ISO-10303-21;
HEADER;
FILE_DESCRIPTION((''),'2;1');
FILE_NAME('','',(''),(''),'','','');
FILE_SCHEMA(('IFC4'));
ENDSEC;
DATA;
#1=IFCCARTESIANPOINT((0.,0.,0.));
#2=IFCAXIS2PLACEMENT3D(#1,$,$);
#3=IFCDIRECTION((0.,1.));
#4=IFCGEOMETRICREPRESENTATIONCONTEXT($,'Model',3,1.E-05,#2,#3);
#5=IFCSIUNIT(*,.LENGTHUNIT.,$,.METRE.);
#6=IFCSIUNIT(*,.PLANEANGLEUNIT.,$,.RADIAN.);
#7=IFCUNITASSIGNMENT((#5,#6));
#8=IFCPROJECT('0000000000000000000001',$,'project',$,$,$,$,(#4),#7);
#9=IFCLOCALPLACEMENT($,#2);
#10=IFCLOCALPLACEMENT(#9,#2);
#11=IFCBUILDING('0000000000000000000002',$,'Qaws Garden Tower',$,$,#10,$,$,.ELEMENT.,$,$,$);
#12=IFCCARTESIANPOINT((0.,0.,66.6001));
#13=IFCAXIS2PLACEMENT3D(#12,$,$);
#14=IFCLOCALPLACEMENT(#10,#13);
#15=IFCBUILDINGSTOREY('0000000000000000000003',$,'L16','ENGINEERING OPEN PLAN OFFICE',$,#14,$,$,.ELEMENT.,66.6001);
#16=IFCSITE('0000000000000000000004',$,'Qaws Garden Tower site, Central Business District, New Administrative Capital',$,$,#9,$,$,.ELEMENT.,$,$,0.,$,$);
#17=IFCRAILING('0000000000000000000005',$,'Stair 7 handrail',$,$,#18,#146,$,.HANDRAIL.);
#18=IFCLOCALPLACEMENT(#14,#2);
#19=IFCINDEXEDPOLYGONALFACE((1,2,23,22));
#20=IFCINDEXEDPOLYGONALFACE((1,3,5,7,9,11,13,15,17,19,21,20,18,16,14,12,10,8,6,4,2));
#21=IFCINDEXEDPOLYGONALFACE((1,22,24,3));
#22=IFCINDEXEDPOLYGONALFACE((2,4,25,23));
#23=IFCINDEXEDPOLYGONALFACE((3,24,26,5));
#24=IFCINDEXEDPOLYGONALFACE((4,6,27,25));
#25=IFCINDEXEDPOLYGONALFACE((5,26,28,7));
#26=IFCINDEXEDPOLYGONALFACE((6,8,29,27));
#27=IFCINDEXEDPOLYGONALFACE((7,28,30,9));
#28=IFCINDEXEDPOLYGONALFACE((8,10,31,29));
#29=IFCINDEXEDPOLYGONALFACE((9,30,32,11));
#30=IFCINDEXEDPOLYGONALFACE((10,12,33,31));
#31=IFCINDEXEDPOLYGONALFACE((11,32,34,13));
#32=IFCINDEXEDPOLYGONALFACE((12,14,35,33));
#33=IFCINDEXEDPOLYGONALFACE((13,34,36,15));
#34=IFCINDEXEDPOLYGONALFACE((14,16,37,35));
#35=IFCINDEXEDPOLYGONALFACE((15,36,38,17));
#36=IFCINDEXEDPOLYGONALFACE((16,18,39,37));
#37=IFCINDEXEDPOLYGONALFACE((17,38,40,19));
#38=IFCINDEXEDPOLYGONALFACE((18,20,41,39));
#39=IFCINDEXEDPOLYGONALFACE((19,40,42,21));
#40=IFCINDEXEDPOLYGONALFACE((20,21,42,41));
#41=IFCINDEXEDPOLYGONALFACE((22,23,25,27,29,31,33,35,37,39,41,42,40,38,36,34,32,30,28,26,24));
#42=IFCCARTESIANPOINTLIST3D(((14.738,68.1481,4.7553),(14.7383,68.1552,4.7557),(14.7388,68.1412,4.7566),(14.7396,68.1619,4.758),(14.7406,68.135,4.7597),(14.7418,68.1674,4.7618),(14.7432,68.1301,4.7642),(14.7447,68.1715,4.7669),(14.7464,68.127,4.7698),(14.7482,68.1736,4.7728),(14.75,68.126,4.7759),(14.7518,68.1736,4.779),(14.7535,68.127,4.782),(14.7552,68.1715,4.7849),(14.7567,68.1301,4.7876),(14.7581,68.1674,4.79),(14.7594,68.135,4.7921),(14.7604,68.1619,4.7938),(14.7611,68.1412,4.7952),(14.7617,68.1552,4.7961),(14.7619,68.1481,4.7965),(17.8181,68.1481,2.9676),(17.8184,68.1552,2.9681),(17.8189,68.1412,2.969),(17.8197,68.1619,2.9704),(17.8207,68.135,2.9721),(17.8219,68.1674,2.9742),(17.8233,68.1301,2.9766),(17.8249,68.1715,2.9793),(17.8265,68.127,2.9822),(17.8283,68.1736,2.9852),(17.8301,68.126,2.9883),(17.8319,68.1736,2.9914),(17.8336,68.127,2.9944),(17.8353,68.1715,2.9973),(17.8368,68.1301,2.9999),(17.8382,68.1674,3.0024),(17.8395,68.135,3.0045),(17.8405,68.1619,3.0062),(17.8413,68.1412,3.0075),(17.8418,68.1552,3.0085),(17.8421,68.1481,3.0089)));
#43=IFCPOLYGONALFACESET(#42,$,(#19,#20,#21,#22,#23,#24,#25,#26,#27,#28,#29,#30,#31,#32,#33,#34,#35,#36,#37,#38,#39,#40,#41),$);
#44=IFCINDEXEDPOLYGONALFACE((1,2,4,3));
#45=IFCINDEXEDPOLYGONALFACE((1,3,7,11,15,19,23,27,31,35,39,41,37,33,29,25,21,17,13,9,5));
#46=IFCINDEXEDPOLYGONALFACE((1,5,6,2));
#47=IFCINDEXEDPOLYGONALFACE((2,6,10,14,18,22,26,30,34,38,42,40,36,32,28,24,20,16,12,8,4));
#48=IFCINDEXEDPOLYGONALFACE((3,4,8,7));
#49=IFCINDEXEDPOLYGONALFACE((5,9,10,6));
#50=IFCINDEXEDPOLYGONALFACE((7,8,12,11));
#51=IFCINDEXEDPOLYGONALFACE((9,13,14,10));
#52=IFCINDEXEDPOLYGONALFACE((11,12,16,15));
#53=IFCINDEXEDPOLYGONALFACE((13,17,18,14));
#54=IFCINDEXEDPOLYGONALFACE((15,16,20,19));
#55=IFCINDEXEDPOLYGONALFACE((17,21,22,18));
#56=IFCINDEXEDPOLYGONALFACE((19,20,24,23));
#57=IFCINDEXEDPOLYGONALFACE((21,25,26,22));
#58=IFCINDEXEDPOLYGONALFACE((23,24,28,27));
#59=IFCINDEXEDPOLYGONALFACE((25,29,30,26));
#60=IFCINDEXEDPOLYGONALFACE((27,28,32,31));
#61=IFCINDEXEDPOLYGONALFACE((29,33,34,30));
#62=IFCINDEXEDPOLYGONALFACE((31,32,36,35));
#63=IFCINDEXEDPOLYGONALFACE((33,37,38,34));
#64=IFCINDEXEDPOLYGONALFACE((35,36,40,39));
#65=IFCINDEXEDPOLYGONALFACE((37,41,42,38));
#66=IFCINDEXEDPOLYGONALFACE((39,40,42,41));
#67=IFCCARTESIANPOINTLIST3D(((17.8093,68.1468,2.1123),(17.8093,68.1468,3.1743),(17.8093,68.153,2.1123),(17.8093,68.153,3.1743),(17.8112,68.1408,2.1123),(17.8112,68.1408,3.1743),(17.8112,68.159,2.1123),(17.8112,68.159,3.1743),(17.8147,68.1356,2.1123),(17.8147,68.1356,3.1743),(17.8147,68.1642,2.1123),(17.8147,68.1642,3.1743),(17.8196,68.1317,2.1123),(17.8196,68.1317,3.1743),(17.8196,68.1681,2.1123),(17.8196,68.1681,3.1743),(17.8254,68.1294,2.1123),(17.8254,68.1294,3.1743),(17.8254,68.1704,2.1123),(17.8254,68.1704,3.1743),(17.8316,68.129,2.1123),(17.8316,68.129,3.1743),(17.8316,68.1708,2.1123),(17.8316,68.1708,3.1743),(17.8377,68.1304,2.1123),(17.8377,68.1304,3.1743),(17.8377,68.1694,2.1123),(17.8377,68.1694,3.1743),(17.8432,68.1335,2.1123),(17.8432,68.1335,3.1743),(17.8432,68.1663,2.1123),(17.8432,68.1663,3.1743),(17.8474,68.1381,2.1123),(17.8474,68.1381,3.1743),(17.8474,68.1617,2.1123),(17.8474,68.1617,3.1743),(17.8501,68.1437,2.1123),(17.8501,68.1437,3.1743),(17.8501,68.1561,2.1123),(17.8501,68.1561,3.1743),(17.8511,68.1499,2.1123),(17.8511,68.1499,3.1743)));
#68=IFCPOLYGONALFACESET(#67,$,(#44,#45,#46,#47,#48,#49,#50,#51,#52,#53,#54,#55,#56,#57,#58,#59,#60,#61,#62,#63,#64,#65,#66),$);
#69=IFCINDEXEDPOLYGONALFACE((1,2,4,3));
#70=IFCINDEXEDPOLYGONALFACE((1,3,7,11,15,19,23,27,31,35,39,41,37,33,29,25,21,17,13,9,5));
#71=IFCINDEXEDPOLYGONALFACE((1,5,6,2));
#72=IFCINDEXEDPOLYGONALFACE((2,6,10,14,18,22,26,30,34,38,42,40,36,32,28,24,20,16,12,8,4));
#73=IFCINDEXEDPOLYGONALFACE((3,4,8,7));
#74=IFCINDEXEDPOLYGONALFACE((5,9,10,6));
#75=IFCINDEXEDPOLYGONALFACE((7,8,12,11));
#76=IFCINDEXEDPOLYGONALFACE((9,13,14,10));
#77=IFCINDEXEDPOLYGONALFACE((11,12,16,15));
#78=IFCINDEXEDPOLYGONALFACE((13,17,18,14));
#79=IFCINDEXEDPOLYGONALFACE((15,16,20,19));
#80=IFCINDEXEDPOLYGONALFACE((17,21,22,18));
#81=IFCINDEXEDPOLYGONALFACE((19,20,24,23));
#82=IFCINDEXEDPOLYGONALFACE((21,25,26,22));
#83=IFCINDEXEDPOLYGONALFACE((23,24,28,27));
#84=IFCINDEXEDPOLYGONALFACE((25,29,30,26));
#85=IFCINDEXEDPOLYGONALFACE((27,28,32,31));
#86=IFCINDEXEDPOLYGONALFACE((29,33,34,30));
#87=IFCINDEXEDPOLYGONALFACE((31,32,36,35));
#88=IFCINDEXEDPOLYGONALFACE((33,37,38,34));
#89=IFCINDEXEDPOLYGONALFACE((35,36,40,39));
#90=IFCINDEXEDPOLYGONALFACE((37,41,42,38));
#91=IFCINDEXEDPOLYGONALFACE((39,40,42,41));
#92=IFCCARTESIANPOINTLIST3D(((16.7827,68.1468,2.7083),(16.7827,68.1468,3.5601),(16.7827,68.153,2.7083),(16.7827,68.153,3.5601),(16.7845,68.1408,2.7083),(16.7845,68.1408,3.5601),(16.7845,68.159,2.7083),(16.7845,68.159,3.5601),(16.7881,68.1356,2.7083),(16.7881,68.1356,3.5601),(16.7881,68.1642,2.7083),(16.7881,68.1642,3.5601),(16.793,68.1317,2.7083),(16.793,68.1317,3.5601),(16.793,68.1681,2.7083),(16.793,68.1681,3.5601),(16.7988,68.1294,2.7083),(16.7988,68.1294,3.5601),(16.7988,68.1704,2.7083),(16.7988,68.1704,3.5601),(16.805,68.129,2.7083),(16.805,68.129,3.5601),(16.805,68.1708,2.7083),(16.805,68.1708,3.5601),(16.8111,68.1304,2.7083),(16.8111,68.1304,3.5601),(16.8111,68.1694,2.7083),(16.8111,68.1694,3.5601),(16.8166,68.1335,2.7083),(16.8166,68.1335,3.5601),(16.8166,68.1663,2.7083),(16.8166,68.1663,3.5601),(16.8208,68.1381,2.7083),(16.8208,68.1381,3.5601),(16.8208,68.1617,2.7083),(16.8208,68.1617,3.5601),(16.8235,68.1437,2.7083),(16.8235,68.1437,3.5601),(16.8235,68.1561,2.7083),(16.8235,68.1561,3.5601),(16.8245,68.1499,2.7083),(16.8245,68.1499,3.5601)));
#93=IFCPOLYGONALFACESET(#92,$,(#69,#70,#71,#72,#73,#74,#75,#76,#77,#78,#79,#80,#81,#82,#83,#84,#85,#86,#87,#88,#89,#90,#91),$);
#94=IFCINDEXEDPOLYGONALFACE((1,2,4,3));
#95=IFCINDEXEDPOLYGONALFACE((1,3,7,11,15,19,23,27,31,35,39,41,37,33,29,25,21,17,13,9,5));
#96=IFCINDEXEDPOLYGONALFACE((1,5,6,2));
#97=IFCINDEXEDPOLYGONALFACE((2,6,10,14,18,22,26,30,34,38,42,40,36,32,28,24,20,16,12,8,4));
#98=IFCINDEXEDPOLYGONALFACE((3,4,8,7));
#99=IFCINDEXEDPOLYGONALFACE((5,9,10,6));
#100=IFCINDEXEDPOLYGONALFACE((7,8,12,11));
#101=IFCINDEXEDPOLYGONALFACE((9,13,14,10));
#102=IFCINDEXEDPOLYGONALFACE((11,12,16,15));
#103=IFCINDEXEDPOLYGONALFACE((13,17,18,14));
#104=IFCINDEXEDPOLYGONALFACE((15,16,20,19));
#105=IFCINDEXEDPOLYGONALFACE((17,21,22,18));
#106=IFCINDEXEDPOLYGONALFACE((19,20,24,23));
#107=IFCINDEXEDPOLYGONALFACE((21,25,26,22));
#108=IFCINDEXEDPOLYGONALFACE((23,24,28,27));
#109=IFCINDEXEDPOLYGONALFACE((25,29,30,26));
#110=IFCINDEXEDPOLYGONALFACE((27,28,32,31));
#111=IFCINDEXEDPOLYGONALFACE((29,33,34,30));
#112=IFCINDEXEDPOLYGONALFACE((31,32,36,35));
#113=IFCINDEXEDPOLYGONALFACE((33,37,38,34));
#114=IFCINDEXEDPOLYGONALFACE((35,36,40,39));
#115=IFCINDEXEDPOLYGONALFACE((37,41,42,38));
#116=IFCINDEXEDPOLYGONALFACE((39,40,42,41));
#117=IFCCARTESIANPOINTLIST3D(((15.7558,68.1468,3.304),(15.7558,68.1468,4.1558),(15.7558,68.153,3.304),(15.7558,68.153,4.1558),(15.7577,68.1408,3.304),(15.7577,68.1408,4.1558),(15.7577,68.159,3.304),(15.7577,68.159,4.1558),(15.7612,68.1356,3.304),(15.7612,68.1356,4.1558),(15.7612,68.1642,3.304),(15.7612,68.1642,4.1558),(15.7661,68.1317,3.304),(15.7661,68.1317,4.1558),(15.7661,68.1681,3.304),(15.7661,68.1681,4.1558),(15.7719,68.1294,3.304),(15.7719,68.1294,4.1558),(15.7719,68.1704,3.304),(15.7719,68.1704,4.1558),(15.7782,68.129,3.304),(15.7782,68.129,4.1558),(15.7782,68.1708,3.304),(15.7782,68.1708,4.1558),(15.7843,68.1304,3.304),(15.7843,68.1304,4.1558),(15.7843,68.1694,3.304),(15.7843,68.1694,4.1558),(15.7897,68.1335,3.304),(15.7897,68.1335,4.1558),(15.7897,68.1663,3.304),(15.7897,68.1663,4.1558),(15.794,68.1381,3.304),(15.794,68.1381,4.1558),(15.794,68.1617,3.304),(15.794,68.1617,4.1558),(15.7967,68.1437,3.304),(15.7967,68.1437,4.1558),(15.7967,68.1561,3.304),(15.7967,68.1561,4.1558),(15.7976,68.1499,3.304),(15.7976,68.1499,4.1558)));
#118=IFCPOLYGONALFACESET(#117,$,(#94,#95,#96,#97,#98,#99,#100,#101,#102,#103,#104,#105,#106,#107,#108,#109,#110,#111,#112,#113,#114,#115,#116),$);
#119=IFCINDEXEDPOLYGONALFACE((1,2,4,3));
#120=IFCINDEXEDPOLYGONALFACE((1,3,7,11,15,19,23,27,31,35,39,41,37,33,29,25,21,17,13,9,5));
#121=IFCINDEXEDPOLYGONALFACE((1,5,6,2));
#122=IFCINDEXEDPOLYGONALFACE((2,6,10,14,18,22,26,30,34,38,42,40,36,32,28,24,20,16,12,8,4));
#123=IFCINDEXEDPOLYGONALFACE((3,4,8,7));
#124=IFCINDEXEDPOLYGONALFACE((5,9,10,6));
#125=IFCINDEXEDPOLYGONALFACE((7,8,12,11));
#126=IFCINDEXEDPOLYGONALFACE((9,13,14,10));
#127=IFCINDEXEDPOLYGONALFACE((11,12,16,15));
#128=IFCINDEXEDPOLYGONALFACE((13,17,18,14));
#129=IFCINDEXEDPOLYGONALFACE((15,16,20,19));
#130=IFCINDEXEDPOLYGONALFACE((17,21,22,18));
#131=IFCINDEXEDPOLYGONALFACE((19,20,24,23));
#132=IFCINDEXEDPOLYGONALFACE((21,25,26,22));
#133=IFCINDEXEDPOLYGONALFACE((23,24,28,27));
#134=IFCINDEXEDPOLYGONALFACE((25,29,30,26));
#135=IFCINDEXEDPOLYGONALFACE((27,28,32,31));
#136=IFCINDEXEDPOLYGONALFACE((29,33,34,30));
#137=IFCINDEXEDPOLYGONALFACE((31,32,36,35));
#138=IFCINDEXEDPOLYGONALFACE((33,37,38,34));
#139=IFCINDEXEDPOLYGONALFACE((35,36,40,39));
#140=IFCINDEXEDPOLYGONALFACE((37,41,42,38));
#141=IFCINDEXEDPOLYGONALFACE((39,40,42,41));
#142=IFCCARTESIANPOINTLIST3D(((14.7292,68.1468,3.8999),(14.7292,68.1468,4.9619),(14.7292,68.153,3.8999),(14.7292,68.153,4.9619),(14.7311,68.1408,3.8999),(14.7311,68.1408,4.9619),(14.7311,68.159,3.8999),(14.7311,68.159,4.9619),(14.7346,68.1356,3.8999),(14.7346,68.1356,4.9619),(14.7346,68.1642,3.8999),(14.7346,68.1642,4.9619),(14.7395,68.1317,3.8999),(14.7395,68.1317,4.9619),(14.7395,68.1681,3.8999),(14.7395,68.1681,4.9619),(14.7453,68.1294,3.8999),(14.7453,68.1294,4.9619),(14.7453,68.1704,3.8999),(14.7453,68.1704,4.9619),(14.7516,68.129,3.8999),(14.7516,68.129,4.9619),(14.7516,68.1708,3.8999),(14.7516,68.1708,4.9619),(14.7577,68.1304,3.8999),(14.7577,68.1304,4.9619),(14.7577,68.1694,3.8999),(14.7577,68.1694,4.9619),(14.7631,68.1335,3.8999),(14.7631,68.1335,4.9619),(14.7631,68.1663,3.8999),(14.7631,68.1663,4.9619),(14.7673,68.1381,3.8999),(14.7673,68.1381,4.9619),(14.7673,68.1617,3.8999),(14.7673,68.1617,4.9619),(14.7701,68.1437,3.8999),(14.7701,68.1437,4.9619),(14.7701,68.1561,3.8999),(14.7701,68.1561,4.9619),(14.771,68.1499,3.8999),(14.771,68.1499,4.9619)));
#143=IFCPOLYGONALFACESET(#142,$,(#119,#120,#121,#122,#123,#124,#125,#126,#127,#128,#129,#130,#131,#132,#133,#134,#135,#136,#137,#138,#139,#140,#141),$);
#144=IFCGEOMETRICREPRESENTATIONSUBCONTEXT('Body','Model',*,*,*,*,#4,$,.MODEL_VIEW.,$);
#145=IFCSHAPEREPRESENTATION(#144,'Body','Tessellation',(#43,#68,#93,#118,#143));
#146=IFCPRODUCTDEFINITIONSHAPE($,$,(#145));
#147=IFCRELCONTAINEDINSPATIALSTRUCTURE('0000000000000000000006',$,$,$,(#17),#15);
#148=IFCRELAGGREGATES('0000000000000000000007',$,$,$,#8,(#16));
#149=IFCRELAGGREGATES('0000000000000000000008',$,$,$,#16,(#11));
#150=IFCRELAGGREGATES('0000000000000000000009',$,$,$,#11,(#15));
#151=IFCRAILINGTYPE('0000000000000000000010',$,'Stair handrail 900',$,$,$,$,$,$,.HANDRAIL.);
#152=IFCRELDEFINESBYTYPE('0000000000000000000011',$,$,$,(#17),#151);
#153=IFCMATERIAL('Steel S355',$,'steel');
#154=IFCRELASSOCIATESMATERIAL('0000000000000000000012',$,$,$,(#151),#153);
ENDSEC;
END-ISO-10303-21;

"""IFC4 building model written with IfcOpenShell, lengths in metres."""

from ifc_helpers import new_model, si_unit, direction, frame, origin, origin_2d, place, context, subcontext, project, spatial, circle, extrude, material, type_object, element, save


model = new_model("IFC4")

# Units and contexts
model_context = context("Model", 3, precision=1e-05, world=origin(), true_north=direction((0.0, 1.0)))
body_context = subcontext(model_context, "Body", "Model", "MODEL_VIEW")
ifc_project = project(units=[si_unit("LENGTHUNIT", "METRE"), si_unit("PLANEANGLEUNIT", "RADIAN")], contexts=[model_context])

# Site, building, storey
site_placement = place(None, origin())
site = spatial("IfcSite", under=ifc_project, at=site_placement, Name="Qaws Garden Tower site, Central Business District, New Administrative Capital", CompositionType="ELEMENT", RefElevation=0.0)
building_placement = place(site_placement, origin())
building = spatial("IfcBuilding", under=site, at=building_placement, Name="Qaws Garden Tower", CompositionType="ELEMENT")
storey_placement = place(building_placement, frame((0.0, 0.0, 66.6001)))
storey = spatial("IfcBuildingStorey", under=building, at=storey_placement, Name="L16", Description="ENGINEERING OPEN PLAN OFFICE", CompositionType="ELEMENT", Elevation=66.6001)

# Railing
ifc_material_1 = material(Name="Steel S355", Category="steel")
railing_type = type_object("IfcRailingType", Name="Stair handrail 900", PredefinedType="HANDRAIL", material=ifc_material_1)
railing_placement = place(storey_placement, frame((17.8301, 68.1499, 2.1123)))
element("IfcRailing", 1, at=railing_placement, inside=storey, type_object=railing_type, Name="Stair 7 handrail", PredefinedType="HANDRAIL", context=body_context, shape_type="SweptSolid", body=[
    extrude(circle(Radius=0.0239, at=origin_2d()), frame((0.0, 0.0, 0.876), z_axis=(-0.864891, 0.0, 0.50196), x_axis=(0.0, -1.0, 0.0)), (0.0, 0.0, 1.0), 3.5613),
    extrude(circle(Radius=0.021, at=origin_2d()), origin(), (0.0, 0.0, 1.0), 1.062),
    extrude(circle(Radius=0.021, at=origin_2d()), frame((-1.0266, 0.0, 0.5959)), (0.0, 0.0, 1.0), 0.8518),
    extrude(circle(Radius=0.021, at=origin_2d()), frame((-2.0535, 0.0, 1.1917)), (0.0, 0.0, 1.0), 0.8518),
    extrude(circle(Radius=0.021, at=origin_2d()), frame((-3.0801, 0.0, 1.7876)), (0.0, 0.0, 1.0), 1.062),
])

save(model, "model.ifc")
